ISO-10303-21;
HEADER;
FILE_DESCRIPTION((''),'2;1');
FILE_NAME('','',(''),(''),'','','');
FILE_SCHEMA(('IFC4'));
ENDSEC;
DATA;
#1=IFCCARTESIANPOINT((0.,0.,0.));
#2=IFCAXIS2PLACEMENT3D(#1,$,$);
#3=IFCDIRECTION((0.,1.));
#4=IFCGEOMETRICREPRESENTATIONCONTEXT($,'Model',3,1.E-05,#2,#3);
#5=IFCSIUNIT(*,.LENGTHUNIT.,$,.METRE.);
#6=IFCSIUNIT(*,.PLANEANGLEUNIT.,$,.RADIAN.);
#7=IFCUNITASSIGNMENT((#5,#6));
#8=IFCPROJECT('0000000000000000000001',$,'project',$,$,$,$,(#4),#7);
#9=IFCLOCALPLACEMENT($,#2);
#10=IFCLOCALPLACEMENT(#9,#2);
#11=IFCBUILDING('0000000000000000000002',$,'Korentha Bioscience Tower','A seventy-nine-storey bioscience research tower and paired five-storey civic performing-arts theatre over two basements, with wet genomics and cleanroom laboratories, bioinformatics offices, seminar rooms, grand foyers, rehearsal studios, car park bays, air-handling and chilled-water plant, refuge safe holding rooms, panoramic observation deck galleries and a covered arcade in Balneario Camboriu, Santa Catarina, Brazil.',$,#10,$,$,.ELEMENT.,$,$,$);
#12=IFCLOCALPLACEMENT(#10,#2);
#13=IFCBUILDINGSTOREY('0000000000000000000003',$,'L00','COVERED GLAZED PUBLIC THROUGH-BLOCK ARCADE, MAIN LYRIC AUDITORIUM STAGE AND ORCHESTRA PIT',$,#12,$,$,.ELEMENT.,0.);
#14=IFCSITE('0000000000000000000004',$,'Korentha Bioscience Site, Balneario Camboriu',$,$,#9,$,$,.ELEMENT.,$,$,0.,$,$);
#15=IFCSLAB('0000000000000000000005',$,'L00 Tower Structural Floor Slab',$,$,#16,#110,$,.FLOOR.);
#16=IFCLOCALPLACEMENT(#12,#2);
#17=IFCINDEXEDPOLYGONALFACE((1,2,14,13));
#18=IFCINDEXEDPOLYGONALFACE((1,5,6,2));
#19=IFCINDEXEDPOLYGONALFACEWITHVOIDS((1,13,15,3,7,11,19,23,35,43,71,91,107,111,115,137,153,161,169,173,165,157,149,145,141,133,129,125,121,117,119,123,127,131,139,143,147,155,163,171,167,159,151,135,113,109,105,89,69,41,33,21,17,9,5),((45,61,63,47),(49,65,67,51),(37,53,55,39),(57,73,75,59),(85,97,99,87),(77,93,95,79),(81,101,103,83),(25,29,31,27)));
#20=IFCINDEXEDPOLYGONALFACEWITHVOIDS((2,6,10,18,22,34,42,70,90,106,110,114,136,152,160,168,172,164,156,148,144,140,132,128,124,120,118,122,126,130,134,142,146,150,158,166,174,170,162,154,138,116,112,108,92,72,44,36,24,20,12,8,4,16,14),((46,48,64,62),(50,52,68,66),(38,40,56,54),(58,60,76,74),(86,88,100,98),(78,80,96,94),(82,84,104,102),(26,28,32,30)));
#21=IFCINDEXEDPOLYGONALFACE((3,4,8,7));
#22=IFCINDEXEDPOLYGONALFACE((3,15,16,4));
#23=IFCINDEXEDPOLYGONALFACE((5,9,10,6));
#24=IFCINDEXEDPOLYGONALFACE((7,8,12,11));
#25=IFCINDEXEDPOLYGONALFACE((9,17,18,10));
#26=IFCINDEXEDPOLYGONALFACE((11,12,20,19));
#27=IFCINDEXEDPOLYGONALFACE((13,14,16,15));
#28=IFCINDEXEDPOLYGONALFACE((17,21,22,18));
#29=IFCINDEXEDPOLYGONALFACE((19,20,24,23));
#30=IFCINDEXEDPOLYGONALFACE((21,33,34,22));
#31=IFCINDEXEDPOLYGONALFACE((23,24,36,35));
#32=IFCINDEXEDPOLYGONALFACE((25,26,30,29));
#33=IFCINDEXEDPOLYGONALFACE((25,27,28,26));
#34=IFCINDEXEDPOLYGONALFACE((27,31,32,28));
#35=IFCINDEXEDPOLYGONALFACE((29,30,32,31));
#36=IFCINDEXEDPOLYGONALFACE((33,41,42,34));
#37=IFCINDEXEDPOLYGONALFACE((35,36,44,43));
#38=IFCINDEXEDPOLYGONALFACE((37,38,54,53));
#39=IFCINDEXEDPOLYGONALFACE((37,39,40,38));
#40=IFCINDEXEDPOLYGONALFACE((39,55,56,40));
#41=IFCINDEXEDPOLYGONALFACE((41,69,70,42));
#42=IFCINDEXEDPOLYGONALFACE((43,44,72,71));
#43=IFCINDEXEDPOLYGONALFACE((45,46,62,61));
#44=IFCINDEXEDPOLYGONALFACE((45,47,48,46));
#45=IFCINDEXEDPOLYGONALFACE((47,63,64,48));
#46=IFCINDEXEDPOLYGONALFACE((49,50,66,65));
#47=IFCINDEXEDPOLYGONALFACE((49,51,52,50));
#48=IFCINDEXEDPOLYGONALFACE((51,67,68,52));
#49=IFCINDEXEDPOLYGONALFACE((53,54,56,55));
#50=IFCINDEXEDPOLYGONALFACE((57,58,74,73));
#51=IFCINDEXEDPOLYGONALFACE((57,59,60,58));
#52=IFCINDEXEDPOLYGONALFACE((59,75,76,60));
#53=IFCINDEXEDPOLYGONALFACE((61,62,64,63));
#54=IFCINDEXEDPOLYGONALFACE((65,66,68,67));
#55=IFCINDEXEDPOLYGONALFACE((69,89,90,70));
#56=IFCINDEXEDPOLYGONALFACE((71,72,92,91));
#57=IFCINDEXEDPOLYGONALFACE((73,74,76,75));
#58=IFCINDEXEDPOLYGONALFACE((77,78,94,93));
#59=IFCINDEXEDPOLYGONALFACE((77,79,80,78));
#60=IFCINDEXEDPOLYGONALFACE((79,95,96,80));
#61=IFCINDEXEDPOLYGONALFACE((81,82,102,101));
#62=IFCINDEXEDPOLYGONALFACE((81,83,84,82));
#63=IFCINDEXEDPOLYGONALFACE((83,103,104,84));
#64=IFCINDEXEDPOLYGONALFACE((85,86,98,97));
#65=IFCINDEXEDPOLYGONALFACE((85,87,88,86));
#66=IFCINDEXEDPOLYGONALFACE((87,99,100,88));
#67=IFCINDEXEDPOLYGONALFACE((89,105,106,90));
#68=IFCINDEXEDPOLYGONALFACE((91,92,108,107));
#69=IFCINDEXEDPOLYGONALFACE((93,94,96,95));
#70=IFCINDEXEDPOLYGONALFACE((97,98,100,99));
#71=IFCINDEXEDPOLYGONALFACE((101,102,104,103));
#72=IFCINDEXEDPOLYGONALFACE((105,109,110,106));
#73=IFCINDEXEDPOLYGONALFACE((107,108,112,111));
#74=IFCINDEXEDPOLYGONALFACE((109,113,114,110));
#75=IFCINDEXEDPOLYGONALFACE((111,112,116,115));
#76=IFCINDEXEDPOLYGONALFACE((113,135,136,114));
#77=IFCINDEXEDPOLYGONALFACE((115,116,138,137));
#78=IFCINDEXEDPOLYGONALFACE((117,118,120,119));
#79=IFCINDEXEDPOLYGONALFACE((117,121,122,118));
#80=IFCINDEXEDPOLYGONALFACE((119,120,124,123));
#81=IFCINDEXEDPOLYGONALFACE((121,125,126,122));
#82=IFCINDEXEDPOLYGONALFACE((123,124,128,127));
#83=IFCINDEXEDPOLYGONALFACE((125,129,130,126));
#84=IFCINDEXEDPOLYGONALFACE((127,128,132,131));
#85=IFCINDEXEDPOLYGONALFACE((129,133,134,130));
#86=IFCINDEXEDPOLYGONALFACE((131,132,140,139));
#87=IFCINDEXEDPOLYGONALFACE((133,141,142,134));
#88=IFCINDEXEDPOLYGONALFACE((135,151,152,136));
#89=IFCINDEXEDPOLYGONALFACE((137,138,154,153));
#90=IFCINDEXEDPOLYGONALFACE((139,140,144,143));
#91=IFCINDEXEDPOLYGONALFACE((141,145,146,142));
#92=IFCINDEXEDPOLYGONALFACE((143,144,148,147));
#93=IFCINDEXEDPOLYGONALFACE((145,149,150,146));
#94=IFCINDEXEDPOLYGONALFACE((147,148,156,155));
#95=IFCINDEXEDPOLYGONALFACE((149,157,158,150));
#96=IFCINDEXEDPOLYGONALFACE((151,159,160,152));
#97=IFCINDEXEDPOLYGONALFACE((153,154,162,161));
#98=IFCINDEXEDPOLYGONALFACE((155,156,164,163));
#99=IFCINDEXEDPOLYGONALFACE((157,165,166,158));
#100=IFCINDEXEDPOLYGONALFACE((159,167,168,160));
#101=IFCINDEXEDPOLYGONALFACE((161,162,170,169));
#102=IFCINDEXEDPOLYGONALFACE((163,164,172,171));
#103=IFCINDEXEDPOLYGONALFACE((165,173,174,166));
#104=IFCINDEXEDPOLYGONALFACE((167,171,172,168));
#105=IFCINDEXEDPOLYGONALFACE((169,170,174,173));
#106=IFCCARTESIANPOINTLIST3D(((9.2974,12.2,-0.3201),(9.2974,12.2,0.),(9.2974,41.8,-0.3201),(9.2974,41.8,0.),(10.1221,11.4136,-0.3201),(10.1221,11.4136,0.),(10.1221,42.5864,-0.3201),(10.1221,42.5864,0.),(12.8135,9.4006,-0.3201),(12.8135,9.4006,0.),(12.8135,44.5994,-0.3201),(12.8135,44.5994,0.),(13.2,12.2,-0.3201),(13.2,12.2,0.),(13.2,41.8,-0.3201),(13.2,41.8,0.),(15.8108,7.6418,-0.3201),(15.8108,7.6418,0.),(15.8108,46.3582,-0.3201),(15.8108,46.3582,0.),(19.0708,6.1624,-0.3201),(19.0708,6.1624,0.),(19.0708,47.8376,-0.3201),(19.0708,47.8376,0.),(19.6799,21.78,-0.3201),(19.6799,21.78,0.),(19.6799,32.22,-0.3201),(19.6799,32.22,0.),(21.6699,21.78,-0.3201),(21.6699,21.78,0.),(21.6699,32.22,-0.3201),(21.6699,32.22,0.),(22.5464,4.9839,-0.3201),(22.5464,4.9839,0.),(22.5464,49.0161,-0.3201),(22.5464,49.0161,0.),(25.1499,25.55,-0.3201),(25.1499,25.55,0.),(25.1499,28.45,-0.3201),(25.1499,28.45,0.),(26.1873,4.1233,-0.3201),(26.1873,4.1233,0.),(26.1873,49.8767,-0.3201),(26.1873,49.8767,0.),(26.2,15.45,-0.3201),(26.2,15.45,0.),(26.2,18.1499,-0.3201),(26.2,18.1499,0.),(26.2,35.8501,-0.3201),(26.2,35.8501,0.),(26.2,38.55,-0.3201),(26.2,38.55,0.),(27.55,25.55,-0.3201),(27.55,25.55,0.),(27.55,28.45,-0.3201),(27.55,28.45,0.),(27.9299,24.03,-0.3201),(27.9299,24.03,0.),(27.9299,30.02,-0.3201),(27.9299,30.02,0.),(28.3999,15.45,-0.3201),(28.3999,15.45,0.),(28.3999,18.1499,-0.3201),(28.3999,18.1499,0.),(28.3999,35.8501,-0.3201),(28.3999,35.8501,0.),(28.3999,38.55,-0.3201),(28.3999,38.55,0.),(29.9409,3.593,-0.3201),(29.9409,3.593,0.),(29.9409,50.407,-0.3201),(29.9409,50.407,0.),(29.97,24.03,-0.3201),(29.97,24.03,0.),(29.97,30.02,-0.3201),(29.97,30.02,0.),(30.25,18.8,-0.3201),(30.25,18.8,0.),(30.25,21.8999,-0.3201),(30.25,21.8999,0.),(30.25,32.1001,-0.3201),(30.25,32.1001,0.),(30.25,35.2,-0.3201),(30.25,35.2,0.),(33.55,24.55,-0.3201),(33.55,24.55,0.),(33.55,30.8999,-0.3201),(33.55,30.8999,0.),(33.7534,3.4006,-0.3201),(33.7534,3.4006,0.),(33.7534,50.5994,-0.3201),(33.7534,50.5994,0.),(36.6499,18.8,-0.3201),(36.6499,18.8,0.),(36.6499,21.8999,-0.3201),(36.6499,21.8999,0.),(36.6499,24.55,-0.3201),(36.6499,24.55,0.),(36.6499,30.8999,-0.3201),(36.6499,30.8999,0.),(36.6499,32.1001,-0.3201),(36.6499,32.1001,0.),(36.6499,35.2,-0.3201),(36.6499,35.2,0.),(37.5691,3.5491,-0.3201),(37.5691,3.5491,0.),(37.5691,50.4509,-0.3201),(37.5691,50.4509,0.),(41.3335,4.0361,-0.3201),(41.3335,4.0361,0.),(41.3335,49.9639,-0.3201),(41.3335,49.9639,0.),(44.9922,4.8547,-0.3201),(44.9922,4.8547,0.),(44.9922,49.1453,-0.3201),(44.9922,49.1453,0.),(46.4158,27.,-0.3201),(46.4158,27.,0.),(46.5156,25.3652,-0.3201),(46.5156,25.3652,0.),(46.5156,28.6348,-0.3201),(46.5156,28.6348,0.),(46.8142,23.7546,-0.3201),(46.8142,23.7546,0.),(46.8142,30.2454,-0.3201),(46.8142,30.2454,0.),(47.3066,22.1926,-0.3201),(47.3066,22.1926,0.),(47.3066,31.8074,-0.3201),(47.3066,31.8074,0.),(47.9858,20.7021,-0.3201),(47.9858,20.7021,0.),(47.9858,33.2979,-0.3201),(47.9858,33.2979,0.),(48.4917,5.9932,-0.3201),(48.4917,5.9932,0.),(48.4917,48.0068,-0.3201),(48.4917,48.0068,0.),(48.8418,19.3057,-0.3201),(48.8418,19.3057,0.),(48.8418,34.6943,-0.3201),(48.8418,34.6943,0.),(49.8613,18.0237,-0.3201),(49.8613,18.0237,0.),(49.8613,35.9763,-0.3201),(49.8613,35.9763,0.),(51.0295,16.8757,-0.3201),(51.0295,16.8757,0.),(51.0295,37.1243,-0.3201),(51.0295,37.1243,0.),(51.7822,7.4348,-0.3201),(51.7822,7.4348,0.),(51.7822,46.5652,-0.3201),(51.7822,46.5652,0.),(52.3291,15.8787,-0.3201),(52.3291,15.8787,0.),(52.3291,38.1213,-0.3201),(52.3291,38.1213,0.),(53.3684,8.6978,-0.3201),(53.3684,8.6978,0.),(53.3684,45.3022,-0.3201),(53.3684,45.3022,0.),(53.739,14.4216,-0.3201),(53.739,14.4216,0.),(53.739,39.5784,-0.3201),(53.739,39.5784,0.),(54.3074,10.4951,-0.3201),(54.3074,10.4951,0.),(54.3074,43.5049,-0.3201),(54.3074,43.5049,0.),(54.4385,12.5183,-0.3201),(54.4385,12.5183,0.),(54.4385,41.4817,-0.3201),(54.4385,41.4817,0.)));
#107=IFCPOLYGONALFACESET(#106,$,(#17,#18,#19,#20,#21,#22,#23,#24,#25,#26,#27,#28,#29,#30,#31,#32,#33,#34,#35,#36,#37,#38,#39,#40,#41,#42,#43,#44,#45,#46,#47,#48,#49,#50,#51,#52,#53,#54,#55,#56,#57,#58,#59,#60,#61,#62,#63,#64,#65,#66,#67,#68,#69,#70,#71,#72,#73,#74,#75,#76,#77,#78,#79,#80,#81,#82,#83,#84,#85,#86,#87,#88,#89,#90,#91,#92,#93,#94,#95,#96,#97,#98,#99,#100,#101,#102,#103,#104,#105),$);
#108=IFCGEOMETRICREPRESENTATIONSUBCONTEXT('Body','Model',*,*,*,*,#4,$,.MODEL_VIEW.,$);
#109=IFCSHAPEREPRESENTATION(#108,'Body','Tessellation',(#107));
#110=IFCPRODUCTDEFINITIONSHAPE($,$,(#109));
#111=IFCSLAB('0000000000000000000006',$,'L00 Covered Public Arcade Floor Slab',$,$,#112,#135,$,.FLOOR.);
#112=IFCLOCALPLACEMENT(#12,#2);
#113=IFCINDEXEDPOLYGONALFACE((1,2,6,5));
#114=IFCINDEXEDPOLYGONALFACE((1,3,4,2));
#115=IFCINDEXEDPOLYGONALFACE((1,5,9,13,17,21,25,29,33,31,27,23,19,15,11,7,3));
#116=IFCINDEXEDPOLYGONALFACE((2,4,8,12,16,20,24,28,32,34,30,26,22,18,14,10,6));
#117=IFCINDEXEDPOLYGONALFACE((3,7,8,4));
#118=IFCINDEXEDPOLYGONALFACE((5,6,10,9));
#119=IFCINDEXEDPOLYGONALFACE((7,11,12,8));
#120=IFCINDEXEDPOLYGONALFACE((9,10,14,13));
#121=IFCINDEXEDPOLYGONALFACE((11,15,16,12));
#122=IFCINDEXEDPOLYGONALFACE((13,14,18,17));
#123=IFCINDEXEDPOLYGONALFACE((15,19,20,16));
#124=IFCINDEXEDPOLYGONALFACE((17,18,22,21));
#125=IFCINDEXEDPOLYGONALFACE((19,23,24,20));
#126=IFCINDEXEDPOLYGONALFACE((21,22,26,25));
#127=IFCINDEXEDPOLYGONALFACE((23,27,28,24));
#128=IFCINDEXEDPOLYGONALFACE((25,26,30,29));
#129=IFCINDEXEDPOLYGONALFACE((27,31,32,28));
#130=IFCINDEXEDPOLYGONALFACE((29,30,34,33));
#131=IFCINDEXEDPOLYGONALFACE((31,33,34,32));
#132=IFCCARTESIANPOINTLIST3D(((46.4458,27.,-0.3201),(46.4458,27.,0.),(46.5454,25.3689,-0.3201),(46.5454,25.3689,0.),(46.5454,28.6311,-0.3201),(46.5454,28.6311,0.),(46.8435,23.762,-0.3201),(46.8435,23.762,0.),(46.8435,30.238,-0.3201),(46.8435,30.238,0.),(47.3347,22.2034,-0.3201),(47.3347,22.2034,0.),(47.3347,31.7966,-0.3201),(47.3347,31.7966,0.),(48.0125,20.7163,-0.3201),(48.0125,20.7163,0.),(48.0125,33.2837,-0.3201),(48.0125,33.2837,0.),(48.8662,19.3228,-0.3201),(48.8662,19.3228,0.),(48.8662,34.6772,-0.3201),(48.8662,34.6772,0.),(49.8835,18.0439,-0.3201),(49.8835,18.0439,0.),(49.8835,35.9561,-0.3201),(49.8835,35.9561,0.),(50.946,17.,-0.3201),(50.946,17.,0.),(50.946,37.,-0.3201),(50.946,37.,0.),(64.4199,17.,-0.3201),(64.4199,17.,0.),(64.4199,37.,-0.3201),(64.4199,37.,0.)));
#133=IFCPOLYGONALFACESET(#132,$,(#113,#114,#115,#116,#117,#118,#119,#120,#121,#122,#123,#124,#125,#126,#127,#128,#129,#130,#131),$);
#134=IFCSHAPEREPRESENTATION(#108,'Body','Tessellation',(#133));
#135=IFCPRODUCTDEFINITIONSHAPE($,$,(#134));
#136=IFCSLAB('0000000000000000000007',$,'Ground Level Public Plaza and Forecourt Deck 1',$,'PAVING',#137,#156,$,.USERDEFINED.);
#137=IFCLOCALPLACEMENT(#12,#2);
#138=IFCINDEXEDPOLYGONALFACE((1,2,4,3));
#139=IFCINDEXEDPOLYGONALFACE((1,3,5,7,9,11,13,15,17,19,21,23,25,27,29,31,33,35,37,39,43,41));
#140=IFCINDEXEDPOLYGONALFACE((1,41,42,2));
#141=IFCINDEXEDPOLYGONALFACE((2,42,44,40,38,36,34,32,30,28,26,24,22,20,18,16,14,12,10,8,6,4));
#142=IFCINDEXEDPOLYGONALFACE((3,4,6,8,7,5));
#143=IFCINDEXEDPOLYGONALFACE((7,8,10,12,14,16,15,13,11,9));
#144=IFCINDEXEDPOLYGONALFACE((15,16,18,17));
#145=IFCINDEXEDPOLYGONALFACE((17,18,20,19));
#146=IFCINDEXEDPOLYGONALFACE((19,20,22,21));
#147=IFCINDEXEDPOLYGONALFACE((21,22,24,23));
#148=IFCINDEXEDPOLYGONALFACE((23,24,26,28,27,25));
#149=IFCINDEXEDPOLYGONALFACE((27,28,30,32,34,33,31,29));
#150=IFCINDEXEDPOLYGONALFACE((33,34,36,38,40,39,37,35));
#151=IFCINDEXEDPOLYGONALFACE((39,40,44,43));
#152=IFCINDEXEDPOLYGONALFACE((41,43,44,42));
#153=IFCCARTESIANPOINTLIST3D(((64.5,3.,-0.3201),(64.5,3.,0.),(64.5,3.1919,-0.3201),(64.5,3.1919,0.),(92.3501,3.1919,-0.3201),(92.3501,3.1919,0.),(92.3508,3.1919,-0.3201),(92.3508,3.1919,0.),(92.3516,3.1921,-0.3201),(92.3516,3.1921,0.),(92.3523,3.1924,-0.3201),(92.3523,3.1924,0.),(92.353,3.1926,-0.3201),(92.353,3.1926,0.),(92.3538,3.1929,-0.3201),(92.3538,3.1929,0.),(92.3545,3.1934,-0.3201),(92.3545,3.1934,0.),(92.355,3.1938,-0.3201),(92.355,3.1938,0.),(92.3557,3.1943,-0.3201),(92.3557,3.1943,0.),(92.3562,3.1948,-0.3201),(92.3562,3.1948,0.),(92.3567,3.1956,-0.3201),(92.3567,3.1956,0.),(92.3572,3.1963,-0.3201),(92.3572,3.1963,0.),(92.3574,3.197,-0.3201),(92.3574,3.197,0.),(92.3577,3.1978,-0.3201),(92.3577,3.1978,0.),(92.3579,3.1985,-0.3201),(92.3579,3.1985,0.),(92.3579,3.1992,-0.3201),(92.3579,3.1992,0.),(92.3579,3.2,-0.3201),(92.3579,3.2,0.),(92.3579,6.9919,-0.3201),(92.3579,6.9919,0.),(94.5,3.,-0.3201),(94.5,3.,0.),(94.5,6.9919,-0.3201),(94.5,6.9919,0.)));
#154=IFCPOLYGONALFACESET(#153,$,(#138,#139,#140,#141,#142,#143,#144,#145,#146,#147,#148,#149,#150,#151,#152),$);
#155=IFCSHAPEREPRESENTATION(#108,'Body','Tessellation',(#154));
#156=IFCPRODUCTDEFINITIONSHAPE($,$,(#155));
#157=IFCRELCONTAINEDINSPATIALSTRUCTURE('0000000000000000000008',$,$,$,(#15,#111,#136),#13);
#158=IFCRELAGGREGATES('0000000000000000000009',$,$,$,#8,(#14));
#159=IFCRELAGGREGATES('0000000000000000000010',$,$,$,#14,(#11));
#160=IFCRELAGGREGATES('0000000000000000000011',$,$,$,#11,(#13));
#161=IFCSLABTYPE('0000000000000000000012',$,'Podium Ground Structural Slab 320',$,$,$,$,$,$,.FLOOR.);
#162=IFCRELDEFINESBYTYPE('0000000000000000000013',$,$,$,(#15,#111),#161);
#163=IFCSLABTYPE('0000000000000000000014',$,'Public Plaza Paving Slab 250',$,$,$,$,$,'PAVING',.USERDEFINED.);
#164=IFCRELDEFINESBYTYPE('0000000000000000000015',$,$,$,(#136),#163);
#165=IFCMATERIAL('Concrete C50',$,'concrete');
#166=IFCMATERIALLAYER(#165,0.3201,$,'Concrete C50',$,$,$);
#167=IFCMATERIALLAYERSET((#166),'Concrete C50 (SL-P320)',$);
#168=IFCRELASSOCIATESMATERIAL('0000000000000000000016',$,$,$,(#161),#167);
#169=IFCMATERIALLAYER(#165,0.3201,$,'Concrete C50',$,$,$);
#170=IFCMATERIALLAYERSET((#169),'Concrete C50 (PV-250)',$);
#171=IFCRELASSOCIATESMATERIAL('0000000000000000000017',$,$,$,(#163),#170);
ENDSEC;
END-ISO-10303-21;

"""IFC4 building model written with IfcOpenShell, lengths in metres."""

from ifc_helpers import new_model, si_unit, direction, frame, origin, place, context, subcontext, project, spatial, polyline, outline, extrude, material, layer, layer_set, type_object, element, save


model = new_model("IFC4")

# Units and contexts
model_context = context("Model", 3, precision=1e-05, world=origin(), true_north=direction((0.0, 1.0)))
body_context = subcontext(model_context, "Body", "Model", "MODEL_VIEW")
ifc_project = project(units=[si_unit("LENGTHUNIT", "METRE"), si_unit("PLANEANGLEUNIT", "RADIAN")], contexts=[model_context])

# Site, building, storey
site_placement = place(None, origin())
site = spatial("IfcSite", under=ifc_project, at=site_placement, Name="Korentha Bioscience Site, Balneario Camboriu", CompositionType="ELEMENT", RefElevation=0.0)
building_placement = place(site_placement, origin())
building = spatial("IfcBuilding", under=site, at=building_placement, Name="Korentha Bioscience Tower", Description="A seventy-nine-storey bioscience research tower and paired five-storey civic performing-arts theatre over two basements, with wet genomics and cleanroom laboratories, bioinformatics offices, seminar rooms, grand foyers, rehearsal studios, car park bays, air-handling and chilled-water plant, refuge safe holding rooms, panoramic observation deck galleries and a covered arcade in Balneario Camboriu, Santa Catarina, Brazil.", CompositionType="ELEMENT")
storey_placement = place(building_placement, origin())
storey = spatial("IfcBuildingStorey", under=building, at=storey_placement, Name="L00", Description="COVERED GLAZED PUBLIC THROUGH-BLOCK ARCADE, MAIN LYRIC AUDITORIUM STAGE AND ORCHESTRA PIT", CompositionType="ELEMENT", Elevation=0.0)

# Shared definitions
ifc_material_1 = material(Name="Concrete C50", Category="concrete")

# Slabs
ifc_layer_1 = layer(ifc_material_1, 0.3201, Name="Concrete C50")
ifc_layer_set_1 = layer_set([ifc_layer_1], Name="Concrete C50 (SL-P320)")
slab_type_1 = type_object("IfcSlabType", Name="Podium Ground Structural Slab 320", PredefinedType="FLOOR", material=ifc_layer_set_1)
slab_1_placement = place(storey_placement, frame((0.0, 0.0, -0.3201)))
element("IfcSlab", 1, at=slab_1_placement, inside=storey, type_object=slab_type_1, Name="L00 Tower Structural Floor Slab", PredefinedType="FLOOR", context=body_context, shape_type="SweptSolid", body=[
    extrude(outline(polyline([(9.2974, 41.8), (13.2, 41.8), (13.2, 12.2), (9.2974, 12.2), (10.1221, 11.4136), (12.8135, 9.4006), (15.8108, 7.6418), (19.0708, 6.1624), (22.5464, 4.9839), (26.1873, 4.1233), (29.9409, 3.593), (33.7534, 3.4006), (37.5691, 3.5491), (41.3335, 4.0361), (44.9922, 4.8547), (48.4917, 5.9932), (51.7822, 7.4348), (53.3684, 8.6978), (54.3074, 10.4951), (54.4385, 12.5183), (53.739, 14.4216), (52.3291, 15.8787), (51.0295, 16.8757), (49.8613, 18.0237), (48.8418, 19.3057), (47.9858, 20.7021), (47.3066, 22.1926), (46.8142, 23.7546), (46.5156, 25.3652), (46.4158, 27.0), (46.5156, 28.6348), (46.8142, 30.2454), (47.3066, 31.8074), (47.9858, 33.2979), (48.8418, 34.6943), (49.8613, 35.9763), (51.0295, 37.1243), (52.3291, 38.1213), (53.739, 39.5784), (54.4385, 41.4817), (54.3074, 43.5049), (53.3684, 45.3022), (51.7822, 46.5652), (48.4917, 48.0068), (44.9922, 49.1453), (41.3335, 49.9639), (37.5691, 50.4509), (33.7534, 50.5994), (29.9409, 50.407), (26.1873, 49.8767), (22.5464, 49.0161), (19.0708, 47.8376), (15.8108, 46.3582), (12.8135, 44.5994), (10.1221, 42.5864), (9.2974, 41.8)]), holes=[polyline([(30.25, 32.1001), (36.6499, 32.1001), (36.6499, 35.2), (30.25, 35.2), (30.25, 32.1001)]), polyline([(30.25, 18.8), (36.6499, 18.8), (36.6499, 21.8999), (30.25, 21.8999), (30.25, 18.8)]), polyline([(36.6499, 24.55), (36.6499, 30.8999), (33.55, 30.8999), (33.55, 24.55), (36.6499, 24.55)]), polyline([(19.6799, 21.78), (21.6699, 21.78), (21.6699, 32.22), (19.6799, 32.22), (19.6799, 21.78)]), polyline([(27.9299, 24.03), (29.97, 24.03), (29.97, 30.02), (27.9299, 30.02), (27.9299, 24.03)]), polyline([(26.2, 15.45), (28.3999, 15.45), (28.3999, 18.1499), (26.2, 18.1499), (26.2, 15.45)]), polyline([(26.2, 35.8501), (28.3999, 35.8501), (28.3999, 38.55), (26.2, 38.55), (26.2, 35.8501)]), polyline([(25.1499, 25.55), (27.55, 25.55), (27.55, 28.45), (25.1499, 28.45), (25.1499, 25.55)])]), origin(), (0.0, 0.0, 1.0), 0.3201),
])
slab_2_placement = place(storey_placement, frame((0.0, 0.0, -0.3201)))
element("IfcSlab", 2, at=slab_2_placement, inside=storey, type_object=slab_type_1, Name="L00 Covered Public Arcade Floor Slab", PredefinedType="FLOOR", context=body_context, shape_type="SweptSolid", body=[
    extrude(outline(polyline([(50.946, 37.0), (49.8835, 35.9561), (48.8662, 34.6772), (48.0125, 33.2837), (47.3347, 31.7966), (46.8435, 30.238), (46.5454, 28.6311), (46.4458, 27.0), (46.5454, 25.3689), (46.8435, 23.762), (47.3347, 22.2034), (48.0125, 20.7163), (48.8662, 19.3228), (49.8835, 18.0439), (50.946, 17.0), (64.4199, 17.0), (64.4199, 37.0), (50.946, 37.0)])), origin(), (0.0, 0.0, 1.0), 0.3201),
])
ifc_layer_2 = layer(ifc_material_1, 0.3201, Name="Concrete C50")
ifc_layer_set_2 = layer_set([ifc_layer_2], Name="Concrete C50 (PV-250)")
slab_type_2 = type_object("IfcSlabType", Name="Public Plaza Paving Slab 250", ElementType="PAVING", PredefinedType="USERDEFINED", material=ifc_layer_set_2)
slab_3_placement = place(storey_placement, frame((0.0, 0.0, -0.3201)))
element("IfcSlab", 3, at=slab_3_placement, inside=storey, type_object=slab_type_2, Name="Ground Level Public Plaza and Forecourt Deck 1", ObjectType="PAVING", PredefinedType="USERDEFINED", context=body_context, shape_type="SweptSolid", body=[
    extrude(outline(polyline([(94.5, 3.0), (94.5, 6.9919), (92.3579, 6.9919), (92.3579, 3.2), (92.3579, 3.1992), (92.3579, 3.1985), (92.3577, 3.1978), (92.3574, 3.197), (92.3572, 3.1963), (92.3567, 3.1956), (92.3562, 3.1948), (92.3557, 3.1943), (92.355, 3.1938), (92.3545, 3.1934), (92.3538, 3.1929), (92.353, 3.1926), (92.3523, 3.1924), (92.3516, 3.1921), (92.3508, 3.1919), (92.3501, 3.1919), (64.5, 3.1919), (64.5, 3.0), (94.5, 3.0)])), origin(), (0.0, 0.0, 1.0), 0.3201),
])

save(model, "model.ifc")
